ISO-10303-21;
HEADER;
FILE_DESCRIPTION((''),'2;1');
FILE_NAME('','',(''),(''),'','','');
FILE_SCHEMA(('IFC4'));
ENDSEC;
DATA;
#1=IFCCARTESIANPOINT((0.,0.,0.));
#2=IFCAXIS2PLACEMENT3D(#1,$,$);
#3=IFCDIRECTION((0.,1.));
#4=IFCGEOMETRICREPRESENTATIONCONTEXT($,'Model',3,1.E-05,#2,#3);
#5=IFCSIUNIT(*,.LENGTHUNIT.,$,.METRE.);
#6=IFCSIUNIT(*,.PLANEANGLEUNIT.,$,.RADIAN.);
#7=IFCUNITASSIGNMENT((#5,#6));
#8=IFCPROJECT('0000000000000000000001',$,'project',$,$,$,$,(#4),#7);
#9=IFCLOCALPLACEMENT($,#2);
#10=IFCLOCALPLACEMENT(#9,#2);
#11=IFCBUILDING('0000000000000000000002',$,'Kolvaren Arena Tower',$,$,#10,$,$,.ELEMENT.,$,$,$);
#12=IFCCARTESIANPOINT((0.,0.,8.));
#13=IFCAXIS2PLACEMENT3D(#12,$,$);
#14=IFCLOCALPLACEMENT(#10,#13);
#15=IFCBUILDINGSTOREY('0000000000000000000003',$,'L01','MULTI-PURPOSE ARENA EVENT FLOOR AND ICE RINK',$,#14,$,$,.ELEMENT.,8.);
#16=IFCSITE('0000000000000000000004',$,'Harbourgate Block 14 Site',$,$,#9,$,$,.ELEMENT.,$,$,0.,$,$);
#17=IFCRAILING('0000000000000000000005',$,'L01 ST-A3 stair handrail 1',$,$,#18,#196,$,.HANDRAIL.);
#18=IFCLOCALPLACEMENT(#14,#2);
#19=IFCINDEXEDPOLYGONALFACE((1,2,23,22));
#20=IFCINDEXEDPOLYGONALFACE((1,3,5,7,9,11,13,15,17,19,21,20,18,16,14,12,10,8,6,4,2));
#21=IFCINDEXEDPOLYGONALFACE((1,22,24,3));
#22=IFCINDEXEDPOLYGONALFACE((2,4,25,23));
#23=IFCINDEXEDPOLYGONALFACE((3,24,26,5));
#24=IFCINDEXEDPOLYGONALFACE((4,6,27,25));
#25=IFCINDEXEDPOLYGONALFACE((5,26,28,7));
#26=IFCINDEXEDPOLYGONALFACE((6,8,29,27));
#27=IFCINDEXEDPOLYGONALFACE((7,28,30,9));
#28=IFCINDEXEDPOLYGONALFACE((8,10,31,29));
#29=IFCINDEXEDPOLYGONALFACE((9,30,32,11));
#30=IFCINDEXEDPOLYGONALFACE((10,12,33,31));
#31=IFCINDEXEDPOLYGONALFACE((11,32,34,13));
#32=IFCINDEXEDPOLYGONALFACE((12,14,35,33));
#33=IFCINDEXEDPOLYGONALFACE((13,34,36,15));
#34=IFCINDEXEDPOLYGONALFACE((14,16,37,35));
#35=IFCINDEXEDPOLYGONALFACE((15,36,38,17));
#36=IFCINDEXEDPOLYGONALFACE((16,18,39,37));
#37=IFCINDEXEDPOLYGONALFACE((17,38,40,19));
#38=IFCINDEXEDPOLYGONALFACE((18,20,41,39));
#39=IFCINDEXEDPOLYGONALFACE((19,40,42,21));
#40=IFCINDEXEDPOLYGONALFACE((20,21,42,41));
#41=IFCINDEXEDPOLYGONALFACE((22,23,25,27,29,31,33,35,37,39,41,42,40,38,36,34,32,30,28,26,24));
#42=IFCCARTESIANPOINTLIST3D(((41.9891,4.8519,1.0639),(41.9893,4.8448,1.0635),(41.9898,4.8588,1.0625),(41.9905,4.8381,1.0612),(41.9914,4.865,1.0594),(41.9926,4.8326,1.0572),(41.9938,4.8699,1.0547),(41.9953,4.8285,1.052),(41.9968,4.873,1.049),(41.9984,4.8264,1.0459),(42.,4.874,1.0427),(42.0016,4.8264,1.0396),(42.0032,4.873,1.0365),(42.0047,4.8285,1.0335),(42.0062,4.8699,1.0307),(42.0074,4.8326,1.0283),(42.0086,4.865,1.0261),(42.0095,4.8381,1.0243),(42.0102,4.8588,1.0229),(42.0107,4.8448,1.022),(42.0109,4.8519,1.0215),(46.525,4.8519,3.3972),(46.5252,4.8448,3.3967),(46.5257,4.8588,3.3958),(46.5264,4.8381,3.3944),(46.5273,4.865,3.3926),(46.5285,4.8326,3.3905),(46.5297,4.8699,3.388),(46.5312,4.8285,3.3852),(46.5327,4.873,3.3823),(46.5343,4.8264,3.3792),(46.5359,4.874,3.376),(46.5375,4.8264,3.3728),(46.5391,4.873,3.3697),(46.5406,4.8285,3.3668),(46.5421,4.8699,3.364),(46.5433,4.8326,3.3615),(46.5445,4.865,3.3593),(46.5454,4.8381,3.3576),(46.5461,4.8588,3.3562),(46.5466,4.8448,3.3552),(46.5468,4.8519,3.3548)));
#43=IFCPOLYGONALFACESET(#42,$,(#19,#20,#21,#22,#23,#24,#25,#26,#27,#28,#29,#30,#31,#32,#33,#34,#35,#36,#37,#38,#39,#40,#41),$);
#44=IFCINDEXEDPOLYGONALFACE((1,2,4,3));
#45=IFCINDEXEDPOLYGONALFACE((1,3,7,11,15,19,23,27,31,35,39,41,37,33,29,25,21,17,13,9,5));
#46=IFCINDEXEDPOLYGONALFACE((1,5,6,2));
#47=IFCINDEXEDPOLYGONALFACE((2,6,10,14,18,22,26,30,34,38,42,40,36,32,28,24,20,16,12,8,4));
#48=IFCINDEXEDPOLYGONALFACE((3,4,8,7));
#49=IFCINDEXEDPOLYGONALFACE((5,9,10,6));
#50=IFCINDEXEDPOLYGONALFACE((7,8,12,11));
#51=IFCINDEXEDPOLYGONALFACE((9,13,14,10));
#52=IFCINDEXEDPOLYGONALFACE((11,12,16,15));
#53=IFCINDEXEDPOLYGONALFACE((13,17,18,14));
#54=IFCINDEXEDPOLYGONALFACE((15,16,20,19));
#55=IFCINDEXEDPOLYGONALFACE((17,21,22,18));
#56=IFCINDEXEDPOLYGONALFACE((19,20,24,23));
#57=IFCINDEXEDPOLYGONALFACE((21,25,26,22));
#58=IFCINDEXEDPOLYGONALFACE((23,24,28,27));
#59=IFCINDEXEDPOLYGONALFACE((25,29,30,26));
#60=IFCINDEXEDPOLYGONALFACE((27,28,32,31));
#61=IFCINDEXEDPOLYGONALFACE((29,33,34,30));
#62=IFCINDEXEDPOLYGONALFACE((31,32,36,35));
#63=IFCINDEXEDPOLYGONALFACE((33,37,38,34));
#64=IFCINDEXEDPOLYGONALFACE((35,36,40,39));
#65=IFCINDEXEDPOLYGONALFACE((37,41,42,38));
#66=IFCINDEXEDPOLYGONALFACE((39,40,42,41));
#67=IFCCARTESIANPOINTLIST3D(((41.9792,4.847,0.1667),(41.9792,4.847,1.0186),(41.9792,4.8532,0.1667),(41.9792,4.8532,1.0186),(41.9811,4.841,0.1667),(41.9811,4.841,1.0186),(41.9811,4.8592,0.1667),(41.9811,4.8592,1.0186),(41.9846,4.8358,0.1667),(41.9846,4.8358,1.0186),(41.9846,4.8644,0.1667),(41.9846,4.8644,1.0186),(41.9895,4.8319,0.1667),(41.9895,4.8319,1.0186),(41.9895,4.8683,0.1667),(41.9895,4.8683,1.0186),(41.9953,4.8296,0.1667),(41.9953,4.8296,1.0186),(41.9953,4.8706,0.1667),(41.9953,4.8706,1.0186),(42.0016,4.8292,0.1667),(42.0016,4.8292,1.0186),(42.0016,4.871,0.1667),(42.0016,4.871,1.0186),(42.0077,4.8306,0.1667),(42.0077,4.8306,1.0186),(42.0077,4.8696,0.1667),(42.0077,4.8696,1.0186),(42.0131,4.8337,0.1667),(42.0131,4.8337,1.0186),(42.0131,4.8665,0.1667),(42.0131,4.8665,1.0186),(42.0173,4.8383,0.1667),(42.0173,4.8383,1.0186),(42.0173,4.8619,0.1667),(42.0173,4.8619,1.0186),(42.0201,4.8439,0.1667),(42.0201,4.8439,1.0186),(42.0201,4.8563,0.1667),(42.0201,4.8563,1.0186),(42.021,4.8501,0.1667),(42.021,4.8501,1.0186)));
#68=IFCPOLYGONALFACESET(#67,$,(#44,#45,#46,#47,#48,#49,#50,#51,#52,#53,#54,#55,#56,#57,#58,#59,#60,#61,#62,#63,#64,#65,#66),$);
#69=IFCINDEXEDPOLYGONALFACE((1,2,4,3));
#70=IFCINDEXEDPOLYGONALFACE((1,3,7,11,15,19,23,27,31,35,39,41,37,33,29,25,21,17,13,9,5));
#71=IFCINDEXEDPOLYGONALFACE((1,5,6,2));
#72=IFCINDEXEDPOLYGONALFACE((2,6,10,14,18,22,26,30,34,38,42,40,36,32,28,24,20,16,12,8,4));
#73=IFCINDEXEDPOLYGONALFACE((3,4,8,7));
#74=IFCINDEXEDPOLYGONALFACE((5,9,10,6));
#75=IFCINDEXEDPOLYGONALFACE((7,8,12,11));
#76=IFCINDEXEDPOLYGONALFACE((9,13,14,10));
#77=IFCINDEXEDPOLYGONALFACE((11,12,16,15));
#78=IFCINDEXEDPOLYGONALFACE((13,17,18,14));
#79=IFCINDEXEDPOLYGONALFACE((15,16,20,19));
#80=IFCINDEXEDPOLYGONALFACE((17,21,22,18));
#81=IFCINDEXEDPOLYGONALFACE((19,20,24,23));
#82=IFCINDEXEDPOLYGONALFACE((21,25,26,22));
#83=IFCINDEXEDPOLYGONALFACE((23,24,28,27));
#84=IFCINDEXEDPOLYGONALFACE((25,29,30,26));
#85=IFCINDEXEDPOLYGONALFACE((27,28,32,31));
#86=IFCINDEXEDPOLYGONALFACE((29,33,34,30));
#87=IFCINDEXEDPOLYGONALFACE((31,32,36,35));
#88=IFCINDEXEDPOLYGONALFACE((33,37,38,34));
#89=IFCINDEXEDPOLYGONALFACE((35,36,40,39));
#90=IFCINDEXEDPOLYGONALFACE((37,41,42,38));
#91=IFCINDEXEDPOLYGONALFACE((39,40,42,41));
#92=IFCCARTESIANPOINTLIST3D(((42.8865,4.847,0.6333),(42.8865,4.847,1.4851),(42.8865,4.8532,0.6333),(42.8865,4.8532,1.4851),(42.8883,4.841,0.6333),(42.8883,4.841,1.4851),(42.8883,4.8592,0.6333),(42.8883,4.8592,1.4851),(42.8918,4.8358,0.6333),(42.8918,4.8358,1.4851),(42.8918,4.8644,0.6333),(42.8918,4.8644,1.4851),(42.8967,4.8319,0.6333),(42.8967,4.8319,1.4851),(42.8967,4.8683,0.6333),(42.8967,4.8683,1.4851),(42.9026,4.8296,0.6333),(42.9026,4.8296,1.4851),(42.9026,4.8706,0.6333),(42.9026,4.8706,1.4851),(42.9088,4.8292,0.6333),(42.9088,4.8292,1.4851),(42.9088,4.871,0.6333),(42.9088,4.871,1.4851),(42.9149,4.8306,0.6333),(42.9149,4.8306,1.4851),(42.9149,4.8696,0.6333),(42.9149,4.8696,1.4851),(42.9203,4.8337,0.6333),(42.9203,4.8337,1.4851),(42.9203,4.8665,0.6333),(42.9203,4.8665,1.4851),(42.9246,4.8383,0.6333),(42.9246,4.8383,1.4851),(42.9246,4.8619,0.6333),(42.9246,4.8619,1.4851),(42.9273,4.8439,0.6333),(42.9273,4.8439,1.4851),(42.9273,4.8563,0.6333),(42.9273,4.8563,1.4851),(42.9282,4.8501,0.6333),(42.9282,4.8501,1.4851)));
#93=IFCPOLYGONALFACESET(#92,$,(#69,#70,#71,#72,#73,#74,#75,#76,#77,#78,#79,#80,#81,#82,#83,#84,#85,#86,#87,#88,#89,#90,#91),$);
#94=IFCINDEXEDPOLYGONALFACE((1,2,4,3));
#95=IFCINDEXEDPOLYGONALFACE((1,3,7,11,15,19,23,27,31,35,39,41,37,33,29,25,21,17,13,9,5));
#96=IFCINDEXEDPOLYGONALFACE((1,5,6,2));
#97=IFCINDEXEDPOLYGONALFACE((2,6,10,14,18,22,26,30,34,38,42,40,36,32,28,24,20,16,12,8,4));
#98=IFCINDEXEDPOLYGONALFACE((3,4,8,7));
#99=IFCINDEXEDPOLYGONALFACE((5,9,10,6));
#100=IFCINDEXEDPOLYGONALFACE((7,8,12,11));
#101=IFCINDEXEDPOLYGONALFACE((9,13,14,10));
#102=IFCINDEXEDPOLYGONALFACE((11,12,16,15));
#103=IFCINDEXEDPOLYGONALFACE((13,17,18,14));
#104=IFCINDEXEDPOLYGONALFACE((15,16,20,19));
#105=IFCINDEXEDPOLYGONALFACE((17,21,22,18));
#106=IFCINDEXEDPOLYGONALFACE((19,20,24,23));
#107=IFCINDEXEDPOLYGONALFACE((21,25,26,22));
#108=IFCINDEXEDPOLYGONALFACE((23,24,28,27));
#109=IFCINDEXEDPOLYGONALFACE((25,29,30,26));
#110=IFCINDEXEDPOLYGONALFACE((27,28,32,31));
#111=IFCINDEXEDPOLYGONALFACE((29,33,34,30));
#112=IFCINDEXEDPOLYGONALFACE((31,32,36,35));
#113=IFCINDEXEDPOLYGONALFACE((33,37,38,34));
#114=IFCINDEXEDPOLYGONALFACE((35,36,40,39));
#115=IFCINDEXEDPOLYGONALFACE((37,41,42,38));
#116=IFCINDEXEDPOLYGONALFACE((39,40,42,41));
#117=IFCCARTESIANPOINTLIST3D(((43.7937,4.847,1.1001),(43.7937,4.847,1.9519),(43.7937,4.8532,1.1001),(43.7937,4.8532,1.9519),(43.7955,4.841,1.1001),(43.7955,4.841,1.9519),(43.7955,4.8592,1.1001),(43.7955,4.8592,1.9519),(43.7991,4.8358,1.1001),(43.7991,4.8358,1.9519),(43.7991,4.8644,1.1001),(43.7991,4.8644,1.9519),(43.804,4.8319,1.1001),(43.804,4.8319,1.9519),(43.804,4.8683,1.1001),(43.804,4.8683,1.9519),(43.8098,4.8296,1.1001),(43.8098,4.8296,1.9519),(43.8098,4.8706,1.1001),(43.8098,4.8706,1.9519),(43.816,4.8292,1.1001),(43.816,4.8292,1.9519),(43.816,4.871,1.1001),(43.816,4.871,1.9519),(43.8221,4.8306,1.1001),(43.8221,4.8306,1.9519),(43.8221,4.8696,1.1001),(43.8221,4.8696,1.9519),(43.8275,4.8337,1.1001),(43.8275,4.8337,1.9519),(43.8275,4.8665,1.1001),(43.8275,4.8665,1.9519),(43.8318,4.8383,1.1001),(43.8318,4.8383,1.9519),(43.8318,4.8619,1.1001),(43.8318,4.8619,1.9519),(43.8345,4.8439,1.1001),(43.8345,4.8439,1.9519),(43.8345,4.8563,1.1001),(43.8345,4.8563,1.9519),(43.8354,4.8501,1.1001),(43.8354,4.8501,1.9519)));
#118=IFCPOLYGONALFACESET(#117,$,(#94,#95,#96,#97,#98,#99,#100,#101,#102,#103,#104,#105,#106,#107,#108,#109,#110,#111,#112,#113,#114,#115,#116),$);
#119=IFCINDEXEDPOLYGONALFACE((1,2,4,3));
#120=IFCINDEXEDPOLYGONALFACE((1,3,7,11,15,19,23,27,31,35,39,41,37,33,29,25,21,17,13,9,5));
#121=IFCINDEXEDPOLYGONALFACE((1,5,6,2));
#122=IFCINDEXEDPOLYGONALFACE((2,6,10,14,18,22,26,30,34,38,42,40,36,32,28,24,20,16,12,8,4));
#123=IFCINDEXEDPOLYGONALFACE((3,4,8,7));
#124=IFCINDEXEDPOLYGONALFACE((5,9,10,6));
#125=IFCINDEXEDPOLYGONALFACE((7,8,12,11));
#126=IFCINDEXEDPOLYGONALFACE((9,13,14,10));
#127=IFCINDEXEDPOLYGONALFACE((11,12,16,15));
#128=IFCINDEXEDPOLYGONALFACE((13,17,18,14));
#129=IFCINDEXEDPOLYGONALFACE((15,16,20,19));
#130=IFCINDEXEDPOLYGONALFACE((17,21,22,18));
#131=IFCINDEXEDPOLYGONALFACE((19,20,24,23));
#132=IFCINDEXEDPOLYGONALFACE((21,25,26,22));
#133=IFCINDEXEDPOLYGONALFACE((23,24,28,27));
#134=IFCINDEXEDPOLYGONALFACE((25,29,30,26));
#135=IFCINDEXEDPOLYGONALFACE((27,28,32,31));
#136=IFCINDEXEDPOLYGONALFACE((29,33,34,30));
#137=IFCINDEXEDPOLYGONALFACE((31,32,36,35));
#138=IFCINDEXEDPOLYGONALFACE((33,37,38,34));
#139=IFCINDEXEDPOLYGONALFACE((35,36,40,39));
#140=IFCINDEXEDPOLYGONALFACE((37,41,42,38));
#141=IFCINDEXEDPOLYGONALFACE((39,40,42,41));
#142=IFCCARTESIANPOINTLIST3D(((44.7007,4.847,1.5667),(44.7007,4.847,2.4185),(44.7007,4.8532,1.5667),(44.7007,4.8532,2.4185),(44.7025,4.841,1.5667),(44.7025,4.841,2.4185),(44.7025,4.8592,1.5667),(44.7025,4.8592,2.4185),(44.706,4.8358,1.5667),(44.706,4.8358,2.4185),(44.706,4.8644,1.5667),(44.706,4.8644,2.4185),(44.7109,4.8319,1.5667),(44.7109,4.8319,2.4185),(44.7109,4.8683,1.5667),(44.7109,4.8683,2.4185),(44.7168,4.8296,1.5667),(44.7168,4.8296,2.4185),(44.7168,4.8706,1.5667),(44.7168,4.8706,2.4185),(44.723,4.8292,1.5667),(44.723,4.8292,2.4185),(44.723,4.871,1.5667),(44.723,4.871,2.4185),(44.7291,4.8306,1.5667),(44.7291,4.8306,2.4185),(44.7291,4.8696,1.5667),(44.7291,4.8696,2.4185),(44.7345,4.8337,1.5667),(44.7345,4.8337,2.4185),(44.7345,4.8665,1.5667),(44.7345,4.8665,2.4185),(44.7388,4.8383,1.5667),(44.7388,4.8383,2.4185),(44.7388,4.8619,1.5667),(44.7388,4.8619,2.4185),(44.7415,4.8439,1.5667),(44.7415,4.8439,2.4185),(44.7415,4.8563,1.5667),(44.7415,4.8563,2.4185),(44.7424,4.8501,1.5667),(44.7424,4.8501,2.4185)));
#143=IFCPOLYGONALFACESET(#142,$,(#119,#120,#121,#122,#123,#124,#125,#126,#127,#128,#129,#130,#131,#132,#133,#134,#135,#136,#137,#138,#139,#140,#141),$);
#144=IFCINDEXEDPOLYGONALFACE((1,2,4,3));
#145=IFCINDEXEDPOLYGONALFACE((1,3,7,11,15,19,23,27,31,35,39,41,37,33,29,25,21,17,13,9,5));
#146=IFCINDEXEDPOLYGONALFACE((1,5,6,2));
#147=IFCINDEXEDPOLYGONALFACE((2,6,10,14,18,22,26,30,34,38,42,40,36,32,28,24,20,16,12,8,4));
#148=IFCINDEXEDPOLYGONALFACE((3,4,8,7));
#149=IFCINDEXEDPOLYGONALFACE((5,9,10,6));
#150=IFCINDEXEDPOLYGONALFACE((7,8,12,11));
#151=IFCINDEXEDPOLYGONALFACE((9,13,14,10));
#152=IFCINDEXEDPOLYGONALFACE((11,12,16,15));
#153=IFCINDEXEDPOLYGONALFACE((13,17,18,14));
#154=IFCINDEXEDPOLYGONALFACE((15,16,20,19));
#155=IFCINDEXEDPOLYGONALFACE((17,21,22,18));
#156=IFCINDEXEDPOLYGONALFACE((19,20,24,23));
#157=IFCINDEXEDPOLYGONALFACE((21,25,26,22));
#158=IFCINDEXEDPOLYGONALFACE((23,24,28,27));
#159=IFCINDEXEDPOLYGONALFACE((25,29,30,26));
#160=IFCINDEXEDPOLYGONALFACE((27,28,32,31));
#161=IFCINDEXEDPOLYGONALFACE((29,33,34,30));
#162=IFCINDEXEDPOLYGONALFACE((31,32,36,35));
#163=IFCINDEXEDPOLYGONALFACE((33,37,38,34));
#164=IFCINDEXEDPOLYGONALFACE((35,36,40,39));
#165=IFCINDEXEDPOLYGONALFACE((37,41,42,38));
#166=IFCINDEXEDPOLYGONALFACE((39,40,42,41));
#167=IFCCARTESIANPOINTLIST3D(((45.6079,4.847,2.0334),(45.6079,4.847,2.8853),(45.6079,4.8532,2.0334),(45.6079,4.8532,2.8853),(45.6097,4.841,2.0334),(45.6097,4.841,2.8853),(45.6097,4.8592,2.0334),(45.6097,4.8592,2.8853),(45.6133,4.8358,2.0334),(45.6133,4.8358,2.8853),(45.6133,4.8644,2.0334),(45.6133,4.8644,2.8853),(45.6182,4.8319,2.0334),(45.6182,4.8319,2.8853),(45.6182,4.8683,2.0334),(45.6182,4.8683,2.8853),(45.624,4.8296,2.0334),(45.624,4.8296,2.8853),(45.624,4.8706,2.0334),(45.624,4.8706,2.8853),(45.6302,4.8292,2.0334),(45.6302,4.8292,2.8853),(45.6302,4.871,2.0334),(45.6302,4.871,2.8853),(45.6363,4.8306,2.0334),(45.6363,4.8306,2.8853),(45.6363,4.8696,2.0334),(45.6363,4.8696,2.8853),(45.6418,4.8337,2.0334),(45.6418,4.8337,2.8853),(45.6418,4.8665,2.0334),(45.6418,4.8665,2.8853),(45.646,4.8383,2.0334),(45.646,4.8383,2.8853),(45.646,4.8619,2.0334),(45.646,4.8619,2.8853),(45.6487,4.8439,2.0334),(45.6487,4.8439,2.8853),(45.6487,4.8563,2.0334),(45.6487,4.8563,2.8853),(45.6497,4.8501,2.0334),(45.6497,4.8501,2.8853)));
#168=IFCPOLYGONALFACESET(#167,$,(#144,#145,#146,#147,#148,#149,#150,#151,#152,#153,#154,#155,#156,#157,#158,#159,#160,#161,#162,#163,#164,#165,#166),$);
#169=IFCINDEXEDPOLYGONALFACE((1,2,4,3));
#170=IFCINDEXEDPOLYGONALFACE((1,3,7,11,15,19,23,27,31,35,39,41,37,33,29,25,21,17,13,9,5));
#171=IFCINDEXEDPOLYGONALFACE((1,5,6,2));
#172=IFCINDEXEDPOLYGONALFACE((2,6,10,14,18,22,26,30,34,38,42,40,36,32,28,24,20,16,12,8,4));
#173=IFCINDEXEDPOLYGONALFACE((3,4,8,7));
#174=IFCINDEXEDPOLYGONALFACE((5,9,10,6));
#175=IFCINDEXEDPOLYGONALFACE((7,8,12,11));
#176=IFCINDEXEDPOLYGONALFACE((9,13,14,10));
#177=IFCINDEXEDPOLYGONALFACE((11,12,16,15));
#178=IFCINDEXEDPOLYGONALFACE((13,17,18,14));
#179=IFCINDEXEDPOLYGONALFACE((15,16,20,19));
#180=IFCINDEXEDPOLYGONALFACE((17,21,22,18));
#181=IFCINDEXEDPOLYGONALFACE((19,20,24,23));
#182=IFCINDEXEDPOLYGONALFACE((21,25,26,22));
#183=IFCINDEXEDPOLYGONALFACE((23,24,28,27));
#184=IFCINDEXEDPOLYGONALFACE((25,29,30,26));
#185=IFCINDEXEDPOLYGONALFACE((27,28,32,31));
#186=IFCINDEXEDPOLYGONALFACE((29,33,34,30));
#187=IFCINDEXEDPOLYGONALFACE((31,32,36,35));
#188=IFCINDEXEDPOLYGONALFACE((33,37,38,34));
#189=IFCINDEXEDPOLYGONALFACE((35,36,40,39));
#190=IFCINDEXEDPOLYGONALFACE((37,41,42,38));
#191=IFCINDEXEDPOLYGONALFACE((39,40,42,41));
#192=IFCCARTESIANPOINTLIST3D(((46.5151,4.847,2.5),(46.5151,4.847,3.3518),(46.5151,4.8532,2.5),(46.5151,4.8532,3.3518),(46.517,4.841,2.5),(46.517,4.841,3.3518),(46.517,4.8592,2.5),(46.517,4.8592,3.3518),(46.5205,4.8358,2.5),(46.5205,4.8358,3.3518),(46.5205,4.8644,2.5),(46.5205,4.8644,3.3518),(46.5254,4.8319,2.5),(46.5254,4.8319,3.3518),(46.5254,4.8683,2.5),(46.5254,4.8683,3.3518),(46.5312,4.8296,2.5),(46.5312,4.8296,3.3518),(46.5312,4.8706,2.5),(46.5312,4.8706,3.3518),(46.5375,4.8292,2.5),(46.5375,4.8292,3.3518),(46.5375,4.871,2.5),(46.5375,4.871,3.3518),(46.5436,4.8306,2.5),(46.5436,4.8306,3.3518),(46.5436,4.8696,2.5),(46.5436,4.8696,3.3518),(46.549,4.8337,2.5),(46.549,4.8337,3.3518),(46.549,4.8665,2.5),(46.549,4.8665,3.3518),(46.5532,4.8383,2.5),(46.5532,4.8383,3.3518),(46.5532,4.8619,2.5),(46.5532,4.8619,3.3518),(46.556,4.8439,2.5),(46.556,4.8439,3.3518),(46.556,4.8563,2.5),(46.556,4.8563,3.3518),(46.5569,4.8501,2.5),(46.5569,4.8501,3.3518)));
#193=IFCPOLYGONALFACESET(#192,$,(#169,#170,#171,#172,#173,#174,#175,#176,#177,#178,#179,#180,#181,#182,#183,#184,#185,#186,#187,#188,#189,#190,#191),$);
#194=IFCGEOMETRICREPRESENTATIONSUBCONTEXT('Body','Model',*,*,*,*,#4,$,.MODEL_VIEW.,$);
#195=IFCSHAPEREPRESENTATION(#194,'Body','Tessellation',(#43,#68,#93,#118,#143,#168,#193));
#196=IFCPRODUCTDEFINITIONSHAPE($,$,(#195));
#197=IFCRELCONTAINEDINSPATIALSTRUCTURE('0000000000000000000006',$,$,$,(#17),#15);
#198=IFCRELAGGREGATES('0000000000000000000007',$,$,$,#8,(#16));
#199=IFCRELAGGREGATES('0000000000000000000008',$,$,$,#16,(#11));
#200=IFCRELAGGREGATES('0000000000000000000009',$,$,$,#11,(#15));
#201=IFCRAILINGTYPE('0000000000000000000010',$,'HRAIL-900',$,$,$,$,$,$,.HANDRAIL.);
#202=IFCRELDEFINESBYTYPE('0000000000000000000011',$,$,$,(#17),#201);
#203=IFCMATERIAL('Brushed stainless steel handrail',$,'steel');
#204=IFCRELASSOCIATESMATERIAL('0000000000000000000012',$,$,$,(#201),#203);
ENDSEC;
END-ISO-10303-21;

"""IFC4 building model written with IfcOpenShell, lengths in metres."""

from ifc_helpers import new_model, si_unit, direction, frame, origin, origin_2d, place, context, subcontext, project, spatial, circle, extrude, material, type_object, element, save


model = new_model("IFC4")

# Units and contexts
model_context = context("Model", 3, precision=1e-05, world=origin(), true_north=direction((0.0, 1.0)))
body_context = subcontext(model_context, "Body", "Model", "MODEL_VIEW")
ifc_project = project(units=[si_unit("LENGTHUNIT", "METRE"), si_unit("PLANEANGLEUNIT", "RADIAN")], contexts=[model_context])

# Site, building, storey
site_placement = place(None, origin())
site = spatial("IfcSite", under=ifc_project, at=site_placement, Name="Harbourgate Block 14 Site", CompositionType="ELEMENT", RefElevation=0.0)
building_placement = place(site_placement, origin())
building = spatial("IfcBuilding", under=site, at=building_placement, Name="Kolvaren Arena Tower", CompositionType="ELEMENT")
storey_placement = place(building_placement, frame((0.0, 0.0, 8.0)))
storey = spatial("IfcBuildingStorey", under=building, at=storey_placement, Name="L01", Description="MULTI-PURPOSE ARENA EVENT FLOOR AND ICE RINK", CompositionType="ELEMENT", Elevation=8.0)

# Railing
ifc_material_1 = material(Name="Brushed stainless steel handrail", Category="steel")
railing_type_1 = type_object("IfcRailingType", Name="HRAIL-900", PredefinedType="HANDRAIL", material=ifc_material_1)
railing_1_placement = place(storey_placement, frame((42.0, 4.8501, 0.1667)))
element("IfcRailing", 1, at=railing_1_placement, inside=storey, type_object=railing_type_1, Name="L01 ST-A3 stair handrail 1", PredefinedType="HANDRAIL", context=body_context, shape_type="SweptSolid", body=[
    extrude(circle(Radius=0.0239, at=origin_2d()), frame((0.0, 0.0, 0.876), z_axis=(0.889247, 0.0, 0.457427), x_axis=(0.0, 1.0, 0.0)), (0.0, 0.0, 1.0), 5.1008),
    extrude(circle(Radius=0.021, at=origin_2d()), origin(), (0.0, 0.0, 1.0), 0.8518),
    extrude(circle(Radius=0.021, at=origin_2d()), frame((0.9072, 0.0, 0.4666)), (0.0, 0.0, 1.0), 0.8518),
    extrude(circle(Radius=0.021, at=origin_2d()), frame((1.8145, 0.0, 0.9333)), (0.0, 0.0, 1.0), 0.8518),
    extrude(circle(Radius=0.021, at=origin_2d()), frame((2.7214, 0.0, 1.3999)), (0.0, 0.0, 1.0), 0.8518),
    extrude(circle(Radius=0.021, at=origin_2d()), frame((3.6287, 0.0, 1.8667)), (0.0, 0.0, 1.0), 0.8518),
    extrude(circle(Radius=0.021, at=origin_2d()), frame((4.5359, 0.0, 2.3333)), (0.0, 0.0, 1.0), 0.8518),
])

save(model, "model.ifc")
